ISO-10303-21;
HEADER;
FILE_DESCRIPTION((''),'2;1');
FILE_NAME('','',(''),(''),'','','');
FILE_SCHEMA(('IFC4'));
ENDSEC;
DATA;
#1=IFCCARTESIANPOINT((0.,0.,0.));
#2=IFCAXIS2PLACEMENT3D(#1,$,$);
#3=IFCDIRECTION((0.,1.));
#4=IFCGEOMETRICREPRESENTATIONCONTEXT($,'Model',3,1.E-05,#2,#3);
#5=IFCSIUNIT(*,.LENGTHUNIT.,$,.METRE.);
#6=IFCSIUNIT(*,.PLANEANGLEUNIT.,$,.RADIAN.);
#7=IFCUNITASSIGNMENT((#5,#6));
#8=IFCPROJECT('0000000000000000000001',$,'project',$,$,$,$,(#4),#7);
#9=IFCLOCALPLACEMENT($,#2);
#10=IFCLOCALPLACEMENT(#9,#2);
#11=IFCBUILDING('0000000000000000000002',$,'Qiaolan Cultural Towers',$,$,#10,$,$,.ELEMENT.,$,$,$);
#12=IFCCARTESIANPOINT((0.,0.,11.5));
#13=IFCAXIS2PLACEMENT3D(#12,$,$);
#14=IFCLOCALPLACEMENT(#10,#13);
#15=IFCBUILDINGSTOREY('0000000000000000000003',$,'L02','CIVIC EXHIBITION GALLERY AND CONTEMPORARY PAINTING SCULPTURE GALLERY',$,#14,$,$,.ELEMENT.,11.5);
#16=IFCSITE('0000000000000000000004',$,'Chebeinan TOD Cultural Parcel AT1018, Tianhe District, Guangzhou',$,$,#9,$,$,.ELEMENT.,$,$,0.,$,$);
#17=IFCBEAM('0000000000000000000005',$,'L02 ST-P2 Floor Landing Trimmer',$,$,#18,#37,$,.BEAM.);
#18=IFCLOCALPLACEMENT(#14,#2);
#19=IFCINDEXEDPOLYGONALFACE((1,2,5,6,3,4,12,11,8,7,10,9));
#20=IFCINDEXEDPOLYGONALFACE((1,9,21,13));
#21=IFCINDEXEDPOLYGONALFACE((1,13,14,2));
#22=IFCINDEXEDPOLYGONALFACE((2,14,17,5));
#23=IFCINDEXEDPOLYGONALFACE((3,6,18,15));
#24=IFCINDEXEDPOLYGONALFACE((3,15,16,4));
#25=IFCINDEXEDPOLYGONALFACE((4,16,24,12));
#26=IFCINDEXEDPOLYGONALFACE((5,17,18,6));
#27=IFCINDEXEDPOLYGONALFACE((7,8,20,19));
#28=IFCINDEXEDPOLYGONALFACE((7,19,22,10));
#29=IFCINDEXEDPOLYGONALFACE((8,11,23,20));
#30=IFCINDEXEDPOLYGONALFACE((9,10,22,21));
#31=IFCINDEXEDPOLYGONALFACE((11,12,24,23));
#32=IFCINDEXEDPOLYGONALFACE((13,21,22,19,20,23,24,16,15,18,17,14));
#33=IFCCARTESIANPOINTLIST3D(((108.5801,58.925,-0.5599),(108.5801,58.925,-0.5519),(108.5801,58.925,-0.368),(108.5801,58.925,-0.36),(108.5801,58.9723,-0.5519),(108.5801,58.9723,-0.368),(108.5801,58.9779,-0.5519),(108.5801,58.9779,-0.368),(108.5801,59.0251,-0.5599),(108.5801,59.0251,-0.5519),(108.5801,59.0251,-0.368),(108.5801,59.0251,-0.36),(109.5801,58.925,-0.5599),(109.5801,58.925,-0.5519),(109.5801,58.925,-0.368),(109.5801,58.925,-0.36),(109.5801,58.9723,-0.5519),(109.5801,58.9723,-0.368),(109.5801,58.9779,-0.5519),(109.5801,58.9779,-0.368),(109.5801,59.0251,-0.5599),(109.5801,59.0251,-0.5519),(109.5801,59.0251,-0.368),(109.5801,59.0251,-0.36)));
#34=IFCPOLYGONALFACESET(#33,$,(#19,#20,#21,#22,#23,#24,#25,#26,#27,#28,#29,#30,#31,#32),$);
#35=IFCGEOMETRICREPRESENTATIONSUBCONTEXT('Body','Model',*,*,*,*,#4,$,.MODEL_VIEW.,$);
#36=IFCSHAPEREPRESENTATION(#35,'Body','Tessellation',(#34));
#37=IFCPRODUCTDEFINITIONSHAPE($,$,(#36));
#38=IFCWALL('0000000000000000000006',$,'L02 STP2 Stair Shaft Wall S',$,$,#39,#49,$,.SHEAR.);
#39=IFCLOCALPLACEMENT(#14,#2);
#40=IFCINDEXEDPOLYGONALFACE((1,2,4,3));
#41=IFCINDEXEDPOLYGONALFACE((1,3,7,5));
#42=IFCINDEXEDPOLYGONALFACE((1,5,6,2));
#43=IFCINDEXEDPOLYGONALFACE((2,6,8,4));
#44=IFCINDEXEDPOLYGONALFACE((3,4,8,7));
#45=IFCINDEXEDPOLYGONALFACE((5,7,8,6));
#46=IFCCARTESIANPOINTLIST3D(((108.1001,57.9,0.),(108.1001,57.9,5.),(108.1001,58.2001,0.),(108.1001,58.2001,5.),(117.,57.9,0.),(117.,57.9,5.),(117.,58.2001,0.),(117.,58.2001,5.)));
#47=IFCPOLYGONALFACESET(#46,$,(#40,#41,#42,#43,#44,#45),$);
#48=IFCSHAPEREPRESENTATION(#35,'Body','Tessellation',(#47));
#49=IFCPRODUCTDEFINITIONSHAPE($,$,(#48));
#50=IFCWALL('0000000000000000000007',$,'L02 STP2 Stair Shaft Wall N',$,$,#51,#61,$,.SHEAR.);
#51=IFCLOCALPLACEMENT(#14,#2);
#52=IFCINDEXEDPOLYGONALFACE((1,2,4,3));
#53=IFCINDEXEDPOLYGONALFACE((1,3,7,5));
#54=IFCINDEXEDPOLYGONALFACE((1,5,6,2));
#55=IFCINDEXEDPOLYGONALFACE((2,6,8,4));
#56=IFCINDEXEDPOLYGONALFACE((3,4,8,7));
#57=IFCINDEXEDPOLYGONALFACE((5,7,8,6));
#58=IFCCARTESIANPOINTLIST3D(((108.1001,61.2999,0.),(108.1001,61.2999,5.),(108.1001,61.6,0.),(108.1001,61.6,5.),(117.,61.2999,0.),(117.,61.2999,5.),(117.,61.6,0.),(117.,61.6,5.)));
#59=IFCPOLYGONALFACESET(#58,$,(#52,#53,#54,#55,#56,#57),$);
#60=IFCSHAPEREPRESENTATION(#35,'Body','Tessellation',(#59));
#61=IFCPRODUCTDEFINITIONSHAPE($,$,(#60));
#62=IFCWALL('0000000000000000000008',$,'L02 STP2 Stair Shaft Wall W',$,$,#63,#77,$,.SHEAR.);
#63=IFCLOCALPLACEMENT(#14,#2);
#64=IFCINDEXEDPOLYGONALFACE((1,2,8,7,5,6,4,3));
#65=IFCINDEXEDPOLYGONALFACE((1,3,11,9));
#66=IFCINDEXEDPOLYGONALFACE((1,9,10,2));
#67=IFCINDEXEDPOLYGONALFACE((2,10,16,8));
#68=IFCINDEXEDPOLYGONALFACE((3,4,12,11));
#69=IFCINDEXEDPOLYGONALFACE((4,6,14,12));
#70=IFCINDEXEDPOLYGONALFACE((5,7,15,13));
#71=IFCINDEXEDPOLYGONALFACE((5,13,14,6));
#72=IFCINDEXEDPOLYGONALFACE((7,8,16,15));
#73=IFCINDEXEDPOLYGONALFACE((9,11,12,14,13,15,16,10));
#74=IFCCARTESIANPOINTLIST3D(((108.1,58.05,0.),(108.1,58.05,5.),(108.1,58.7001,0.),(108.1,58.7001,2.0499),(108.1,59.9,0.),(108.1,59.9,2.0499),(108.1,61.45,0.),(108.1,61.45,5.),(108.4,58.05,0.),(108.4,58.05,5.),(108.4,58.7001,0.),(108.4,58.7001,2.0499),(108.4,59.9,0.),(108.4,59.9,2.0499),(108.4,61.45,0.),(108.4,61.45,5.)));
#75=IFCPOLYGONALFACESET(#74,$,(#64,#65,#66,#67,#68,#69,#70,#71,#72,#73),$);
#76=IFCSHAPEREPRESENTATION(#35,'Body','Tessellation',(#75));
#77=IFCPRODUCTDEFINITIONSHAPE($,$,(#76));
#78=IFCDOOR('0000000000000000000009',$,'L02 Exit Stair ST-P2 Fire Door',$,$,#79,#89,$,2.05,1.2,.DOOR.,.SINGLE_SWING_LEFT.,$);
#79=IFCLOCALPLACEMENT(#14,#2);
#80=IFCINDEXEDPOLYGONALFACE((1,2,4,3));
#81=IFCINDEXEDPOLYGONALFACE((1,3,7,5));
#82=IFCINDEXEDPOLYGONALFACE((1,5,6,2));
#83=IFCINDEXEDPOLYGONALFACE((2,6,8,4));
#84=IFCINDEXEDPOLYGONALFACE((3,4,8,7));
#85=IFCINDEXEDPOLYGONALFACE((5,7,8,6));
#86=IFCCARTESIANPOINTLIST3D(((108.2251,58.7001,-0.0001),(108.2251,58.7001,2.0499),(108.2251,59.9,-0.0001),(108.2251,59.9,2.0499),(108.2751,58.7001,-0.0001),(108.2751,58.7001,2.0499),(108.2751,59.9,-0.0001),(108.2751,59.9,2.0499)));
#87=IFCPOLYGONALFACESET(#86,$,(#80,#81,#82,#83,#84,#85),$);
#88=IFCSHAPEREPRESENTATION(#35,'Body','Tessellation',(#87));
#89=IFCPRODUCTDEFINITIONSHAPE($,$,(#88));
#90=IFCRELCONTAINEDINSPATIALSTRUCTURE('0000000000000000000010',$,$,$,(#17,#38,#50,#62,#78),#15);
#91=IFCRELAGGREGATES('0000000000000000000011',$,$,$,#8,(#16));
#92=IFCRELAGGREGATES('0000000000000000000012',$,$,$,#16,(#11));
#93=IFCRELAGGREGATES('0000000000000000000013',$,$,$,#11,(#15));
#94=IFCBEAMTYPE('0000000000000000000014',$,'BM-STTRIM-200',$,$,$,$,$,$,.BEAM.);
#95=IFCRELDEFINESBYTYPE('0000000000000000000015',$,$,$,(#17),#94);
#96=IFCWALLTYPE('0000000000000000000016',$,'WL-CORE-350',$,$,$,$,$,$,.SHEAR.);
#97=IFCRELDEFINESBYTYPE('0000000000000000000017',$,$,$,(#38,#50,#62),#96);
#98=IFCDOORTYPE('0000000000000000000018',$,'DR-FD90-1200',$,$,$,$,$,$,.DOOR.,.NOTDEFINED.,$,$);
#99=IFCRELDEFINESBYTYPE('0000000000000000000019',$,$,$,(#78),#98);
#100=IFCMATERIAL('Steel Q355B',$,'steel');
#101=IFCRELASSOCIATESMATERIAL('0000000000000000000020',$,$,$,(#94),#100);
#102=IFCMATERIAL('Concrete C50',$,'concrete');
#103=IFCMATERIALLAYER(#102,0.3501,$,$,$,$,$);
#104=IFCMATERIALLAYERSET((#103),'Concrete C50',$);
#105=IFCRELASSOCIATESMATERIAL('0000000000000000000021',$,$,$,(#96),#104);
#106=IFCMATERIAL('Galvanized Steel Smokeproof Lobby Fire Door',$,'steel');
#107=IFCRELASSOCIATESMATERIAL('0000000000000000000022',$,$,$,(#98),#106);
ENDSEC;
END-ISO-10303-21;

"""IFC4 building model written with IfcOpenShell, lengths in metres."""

from ifc_helpers import new_model, si_unit, direction, frame, frame_2d, origin, origin_2d, place, context, subcontext, project, spatial, rectangle, i_section, extrude, material, layer, layer_set, material_profile, profile_set, type_object, element, fill, save


model = new_model("IFC4")

# Units and contexts
model_context = context("Model", 3, precision=1e-05, world=origin(), true_north=direction((0.0, 1.0)))
body_context = subcontext(model_context, "Body", "Model", "MODEL_VIEW")
ifc_project = project(units=[si_unit("LENGTHUNIT", "METRE"), si_unit("PLANEANGLEUNIT", "RADIAN")], contexts=[model_context])

# Site, building, storey
site_placement = place(None, origin())
site = spatial("IfcSite", under=ifc_project, at=site_placement, Name="Chebeinan TOD Cultural Parcel AT1018, Tianhe District, Guangzhou", CompositionType="ELEMENT", RefElevation=0.0)
building_placement = place(site_placement, origin())
building = spatial("IfcBuilding", under=site, at=building_placement, Name="Qiaolan Cultural Towers", CompositionType="ELEMENT")
storey_placement = place(building_placement, frame((0.0, 0.0, 11.5)))
storey = spatial("IfcBuildingStorey", under=building, at=storey_placement, Name="L02", Description="CIVIC EXHIBITION GALLERY AND CONTEMPORARY PAINTING SCULPTURE GALLERY", CompositionType="ELEMENT", Elevation=11.5)

# Beam
ifc_material_1 = material(Name="Steel Q355B", Category="steel")
ifc_material_profile_1 = material_profile(ifc_material_1, i_section(OverallWidth=0.1001, OverallDepth=0.2, WebThickness=0.0056, FlangeThickness=0.0081, at=origin_2d()), Name="HN200x100x5.5x8")
ifc_profile_set_1 = profile_set([ifc_material_profile_1], Name="Steel Q355B")
beam_type_1 = type_object("IfcBeamType", Name="BM-STTRIM-200", PredefinedType="BEAM", material=ifc_profile_set_1)
beam_1_placement = place(storey_placement, frame((108.5801, 58.9751, -0.46), z_axis=(1.0, 0.0, 0.0), x_axis=(0.0, 1.0, 0.0)))
element("IfcBeam", 1, at=beam_1_placement, inside=storey, type_object=beam_type_1, Name="L02 ST-P2 Floor Landing Trimmer", PredefinedType="BEAM", context=body_context, shape_type="SweptSolid", body=[
    extrude(i_section(OverallWidth=0.1001, OverallDepth=0.2, WebThickness=0.0056, FlangeThickness=0.0081, at=origin_2d()), origin(), (0.0, 0.0, 1.0), 1.0),
])

# Walls
ifc_material_2 = material(Name="Concrete C50", Category="concrete")
ifc_layer = layer(ifc_material_2, 0.3501)
ifc_layer_set = layer_set([ifc_layer], Name="Concrete C50")
wall_type = type_object("IfcWallType", Name="WL-CORE-350", PredefinedType="SHEAR", material=ifc_layer_set)
for number, where, z_axis, x_axis, name in (
    (2, (108.1001, 58.05, 0.0), (0.0, 0.0, 1.0), (1.0, 0.0, 0.0), "L02 STP2 Stair Shaft Wall S"),
    (3, (108.1001, 61.45, 0.0), (0.0, 0.0, 1.0), (1.0, 0.0, 0.0), "L02 STP2 Stair Shaft Wall N"),
):
    element("IfcWall", number, at=place(storey_placement, frame(where, z_axis=z_axis, x_axis=x_axis)), inside=storey, type_object=wall_type, Name=name, PredefinedType="SHEAR", context=body_context, shape_type="SweptSolid", body=[
        extrude(rectangle(XDim=8.8999, YDim=0.3, at=frame_2d((4.45, 0.0))), origin(), (0.0, 0.0, 1.0), 5.0),
    ])

# Wall, opening, door
wall_placement = place(storey_placement, frame((108.25, 58.05, 0.0), z_axis=(0.0, 0.0, 1.0), x_axis=(0.0, 1.0, 0.0)))
wall = element("IfcWall", 4, at=wall_placement, inside=storey, type_object=wall_type, Name="L02 STP2 Stair Shaft Wall W", PredefinedType="SHEAR", context=body_context, shape_type="SweptSolid", body=[
    extrude(rectangle(XDim=3.3999, YDim=0.3, at=frame_2d((1.7, 0.0))), origin(), (0.0, 0.0, 1.0), 5.0),
])
opening_placement = place(wall_placement, frame((0.6499, 0.0, 0.0)))
opening = element("IfcOpeningElement", 5, at=opening_placement, cuts=wall, PredefinedType="OPENING", context=body_context, shape_type="SweptSolid", body=[
    extrude(rectangle(XDim=1.2, YDim=2.05, at=frame_2d((0.6001, 1.0249))), frame((0.0, 0.1599, 0.0), z_axis=(0.0, -1.0, 0.0), x_axis=(1.0, 0.0, 0.0)), (0.0, 0.0, 1.0), 0.3201),
])
ifc_material_3 = material(Name="Galvanized Steel Smokeproof Lobby Fire Door", Category="steel")
door_type = type_object("IfcDoorType", Name="DR-FD90-1200", OperationType="NOTDEFINED", PredefinedType="DOOR", material=ifc_material_3)
door_placement = place(opening_placement, origin())
door = element("IfcDoor", 6, at=door_placement, inside=storey, type_object=door_type, Name="L02 Exit Stair ST-P2 Fire Door", OperationType="SINGLE_SWING_LEFT", OverallHeight=2.05, OverallWidth=1.2, PredefinedType="DOOR", context=body_context, shape_type="SweptSolid", body=[
    extrude(rectangle(XDim=1.2, YDim=2.05, at=frame_2d((0.6001, 1.0249))), frame((0.0, 0.0249, 0.0), z_axis=(0.0, -1.0, 0.0), x_axis=(1.0, 0.0, 0.0)), (0.0, 0.0, 1.0), 0.05),
])
fill(opening, door)

save(model, "model.ifc")
